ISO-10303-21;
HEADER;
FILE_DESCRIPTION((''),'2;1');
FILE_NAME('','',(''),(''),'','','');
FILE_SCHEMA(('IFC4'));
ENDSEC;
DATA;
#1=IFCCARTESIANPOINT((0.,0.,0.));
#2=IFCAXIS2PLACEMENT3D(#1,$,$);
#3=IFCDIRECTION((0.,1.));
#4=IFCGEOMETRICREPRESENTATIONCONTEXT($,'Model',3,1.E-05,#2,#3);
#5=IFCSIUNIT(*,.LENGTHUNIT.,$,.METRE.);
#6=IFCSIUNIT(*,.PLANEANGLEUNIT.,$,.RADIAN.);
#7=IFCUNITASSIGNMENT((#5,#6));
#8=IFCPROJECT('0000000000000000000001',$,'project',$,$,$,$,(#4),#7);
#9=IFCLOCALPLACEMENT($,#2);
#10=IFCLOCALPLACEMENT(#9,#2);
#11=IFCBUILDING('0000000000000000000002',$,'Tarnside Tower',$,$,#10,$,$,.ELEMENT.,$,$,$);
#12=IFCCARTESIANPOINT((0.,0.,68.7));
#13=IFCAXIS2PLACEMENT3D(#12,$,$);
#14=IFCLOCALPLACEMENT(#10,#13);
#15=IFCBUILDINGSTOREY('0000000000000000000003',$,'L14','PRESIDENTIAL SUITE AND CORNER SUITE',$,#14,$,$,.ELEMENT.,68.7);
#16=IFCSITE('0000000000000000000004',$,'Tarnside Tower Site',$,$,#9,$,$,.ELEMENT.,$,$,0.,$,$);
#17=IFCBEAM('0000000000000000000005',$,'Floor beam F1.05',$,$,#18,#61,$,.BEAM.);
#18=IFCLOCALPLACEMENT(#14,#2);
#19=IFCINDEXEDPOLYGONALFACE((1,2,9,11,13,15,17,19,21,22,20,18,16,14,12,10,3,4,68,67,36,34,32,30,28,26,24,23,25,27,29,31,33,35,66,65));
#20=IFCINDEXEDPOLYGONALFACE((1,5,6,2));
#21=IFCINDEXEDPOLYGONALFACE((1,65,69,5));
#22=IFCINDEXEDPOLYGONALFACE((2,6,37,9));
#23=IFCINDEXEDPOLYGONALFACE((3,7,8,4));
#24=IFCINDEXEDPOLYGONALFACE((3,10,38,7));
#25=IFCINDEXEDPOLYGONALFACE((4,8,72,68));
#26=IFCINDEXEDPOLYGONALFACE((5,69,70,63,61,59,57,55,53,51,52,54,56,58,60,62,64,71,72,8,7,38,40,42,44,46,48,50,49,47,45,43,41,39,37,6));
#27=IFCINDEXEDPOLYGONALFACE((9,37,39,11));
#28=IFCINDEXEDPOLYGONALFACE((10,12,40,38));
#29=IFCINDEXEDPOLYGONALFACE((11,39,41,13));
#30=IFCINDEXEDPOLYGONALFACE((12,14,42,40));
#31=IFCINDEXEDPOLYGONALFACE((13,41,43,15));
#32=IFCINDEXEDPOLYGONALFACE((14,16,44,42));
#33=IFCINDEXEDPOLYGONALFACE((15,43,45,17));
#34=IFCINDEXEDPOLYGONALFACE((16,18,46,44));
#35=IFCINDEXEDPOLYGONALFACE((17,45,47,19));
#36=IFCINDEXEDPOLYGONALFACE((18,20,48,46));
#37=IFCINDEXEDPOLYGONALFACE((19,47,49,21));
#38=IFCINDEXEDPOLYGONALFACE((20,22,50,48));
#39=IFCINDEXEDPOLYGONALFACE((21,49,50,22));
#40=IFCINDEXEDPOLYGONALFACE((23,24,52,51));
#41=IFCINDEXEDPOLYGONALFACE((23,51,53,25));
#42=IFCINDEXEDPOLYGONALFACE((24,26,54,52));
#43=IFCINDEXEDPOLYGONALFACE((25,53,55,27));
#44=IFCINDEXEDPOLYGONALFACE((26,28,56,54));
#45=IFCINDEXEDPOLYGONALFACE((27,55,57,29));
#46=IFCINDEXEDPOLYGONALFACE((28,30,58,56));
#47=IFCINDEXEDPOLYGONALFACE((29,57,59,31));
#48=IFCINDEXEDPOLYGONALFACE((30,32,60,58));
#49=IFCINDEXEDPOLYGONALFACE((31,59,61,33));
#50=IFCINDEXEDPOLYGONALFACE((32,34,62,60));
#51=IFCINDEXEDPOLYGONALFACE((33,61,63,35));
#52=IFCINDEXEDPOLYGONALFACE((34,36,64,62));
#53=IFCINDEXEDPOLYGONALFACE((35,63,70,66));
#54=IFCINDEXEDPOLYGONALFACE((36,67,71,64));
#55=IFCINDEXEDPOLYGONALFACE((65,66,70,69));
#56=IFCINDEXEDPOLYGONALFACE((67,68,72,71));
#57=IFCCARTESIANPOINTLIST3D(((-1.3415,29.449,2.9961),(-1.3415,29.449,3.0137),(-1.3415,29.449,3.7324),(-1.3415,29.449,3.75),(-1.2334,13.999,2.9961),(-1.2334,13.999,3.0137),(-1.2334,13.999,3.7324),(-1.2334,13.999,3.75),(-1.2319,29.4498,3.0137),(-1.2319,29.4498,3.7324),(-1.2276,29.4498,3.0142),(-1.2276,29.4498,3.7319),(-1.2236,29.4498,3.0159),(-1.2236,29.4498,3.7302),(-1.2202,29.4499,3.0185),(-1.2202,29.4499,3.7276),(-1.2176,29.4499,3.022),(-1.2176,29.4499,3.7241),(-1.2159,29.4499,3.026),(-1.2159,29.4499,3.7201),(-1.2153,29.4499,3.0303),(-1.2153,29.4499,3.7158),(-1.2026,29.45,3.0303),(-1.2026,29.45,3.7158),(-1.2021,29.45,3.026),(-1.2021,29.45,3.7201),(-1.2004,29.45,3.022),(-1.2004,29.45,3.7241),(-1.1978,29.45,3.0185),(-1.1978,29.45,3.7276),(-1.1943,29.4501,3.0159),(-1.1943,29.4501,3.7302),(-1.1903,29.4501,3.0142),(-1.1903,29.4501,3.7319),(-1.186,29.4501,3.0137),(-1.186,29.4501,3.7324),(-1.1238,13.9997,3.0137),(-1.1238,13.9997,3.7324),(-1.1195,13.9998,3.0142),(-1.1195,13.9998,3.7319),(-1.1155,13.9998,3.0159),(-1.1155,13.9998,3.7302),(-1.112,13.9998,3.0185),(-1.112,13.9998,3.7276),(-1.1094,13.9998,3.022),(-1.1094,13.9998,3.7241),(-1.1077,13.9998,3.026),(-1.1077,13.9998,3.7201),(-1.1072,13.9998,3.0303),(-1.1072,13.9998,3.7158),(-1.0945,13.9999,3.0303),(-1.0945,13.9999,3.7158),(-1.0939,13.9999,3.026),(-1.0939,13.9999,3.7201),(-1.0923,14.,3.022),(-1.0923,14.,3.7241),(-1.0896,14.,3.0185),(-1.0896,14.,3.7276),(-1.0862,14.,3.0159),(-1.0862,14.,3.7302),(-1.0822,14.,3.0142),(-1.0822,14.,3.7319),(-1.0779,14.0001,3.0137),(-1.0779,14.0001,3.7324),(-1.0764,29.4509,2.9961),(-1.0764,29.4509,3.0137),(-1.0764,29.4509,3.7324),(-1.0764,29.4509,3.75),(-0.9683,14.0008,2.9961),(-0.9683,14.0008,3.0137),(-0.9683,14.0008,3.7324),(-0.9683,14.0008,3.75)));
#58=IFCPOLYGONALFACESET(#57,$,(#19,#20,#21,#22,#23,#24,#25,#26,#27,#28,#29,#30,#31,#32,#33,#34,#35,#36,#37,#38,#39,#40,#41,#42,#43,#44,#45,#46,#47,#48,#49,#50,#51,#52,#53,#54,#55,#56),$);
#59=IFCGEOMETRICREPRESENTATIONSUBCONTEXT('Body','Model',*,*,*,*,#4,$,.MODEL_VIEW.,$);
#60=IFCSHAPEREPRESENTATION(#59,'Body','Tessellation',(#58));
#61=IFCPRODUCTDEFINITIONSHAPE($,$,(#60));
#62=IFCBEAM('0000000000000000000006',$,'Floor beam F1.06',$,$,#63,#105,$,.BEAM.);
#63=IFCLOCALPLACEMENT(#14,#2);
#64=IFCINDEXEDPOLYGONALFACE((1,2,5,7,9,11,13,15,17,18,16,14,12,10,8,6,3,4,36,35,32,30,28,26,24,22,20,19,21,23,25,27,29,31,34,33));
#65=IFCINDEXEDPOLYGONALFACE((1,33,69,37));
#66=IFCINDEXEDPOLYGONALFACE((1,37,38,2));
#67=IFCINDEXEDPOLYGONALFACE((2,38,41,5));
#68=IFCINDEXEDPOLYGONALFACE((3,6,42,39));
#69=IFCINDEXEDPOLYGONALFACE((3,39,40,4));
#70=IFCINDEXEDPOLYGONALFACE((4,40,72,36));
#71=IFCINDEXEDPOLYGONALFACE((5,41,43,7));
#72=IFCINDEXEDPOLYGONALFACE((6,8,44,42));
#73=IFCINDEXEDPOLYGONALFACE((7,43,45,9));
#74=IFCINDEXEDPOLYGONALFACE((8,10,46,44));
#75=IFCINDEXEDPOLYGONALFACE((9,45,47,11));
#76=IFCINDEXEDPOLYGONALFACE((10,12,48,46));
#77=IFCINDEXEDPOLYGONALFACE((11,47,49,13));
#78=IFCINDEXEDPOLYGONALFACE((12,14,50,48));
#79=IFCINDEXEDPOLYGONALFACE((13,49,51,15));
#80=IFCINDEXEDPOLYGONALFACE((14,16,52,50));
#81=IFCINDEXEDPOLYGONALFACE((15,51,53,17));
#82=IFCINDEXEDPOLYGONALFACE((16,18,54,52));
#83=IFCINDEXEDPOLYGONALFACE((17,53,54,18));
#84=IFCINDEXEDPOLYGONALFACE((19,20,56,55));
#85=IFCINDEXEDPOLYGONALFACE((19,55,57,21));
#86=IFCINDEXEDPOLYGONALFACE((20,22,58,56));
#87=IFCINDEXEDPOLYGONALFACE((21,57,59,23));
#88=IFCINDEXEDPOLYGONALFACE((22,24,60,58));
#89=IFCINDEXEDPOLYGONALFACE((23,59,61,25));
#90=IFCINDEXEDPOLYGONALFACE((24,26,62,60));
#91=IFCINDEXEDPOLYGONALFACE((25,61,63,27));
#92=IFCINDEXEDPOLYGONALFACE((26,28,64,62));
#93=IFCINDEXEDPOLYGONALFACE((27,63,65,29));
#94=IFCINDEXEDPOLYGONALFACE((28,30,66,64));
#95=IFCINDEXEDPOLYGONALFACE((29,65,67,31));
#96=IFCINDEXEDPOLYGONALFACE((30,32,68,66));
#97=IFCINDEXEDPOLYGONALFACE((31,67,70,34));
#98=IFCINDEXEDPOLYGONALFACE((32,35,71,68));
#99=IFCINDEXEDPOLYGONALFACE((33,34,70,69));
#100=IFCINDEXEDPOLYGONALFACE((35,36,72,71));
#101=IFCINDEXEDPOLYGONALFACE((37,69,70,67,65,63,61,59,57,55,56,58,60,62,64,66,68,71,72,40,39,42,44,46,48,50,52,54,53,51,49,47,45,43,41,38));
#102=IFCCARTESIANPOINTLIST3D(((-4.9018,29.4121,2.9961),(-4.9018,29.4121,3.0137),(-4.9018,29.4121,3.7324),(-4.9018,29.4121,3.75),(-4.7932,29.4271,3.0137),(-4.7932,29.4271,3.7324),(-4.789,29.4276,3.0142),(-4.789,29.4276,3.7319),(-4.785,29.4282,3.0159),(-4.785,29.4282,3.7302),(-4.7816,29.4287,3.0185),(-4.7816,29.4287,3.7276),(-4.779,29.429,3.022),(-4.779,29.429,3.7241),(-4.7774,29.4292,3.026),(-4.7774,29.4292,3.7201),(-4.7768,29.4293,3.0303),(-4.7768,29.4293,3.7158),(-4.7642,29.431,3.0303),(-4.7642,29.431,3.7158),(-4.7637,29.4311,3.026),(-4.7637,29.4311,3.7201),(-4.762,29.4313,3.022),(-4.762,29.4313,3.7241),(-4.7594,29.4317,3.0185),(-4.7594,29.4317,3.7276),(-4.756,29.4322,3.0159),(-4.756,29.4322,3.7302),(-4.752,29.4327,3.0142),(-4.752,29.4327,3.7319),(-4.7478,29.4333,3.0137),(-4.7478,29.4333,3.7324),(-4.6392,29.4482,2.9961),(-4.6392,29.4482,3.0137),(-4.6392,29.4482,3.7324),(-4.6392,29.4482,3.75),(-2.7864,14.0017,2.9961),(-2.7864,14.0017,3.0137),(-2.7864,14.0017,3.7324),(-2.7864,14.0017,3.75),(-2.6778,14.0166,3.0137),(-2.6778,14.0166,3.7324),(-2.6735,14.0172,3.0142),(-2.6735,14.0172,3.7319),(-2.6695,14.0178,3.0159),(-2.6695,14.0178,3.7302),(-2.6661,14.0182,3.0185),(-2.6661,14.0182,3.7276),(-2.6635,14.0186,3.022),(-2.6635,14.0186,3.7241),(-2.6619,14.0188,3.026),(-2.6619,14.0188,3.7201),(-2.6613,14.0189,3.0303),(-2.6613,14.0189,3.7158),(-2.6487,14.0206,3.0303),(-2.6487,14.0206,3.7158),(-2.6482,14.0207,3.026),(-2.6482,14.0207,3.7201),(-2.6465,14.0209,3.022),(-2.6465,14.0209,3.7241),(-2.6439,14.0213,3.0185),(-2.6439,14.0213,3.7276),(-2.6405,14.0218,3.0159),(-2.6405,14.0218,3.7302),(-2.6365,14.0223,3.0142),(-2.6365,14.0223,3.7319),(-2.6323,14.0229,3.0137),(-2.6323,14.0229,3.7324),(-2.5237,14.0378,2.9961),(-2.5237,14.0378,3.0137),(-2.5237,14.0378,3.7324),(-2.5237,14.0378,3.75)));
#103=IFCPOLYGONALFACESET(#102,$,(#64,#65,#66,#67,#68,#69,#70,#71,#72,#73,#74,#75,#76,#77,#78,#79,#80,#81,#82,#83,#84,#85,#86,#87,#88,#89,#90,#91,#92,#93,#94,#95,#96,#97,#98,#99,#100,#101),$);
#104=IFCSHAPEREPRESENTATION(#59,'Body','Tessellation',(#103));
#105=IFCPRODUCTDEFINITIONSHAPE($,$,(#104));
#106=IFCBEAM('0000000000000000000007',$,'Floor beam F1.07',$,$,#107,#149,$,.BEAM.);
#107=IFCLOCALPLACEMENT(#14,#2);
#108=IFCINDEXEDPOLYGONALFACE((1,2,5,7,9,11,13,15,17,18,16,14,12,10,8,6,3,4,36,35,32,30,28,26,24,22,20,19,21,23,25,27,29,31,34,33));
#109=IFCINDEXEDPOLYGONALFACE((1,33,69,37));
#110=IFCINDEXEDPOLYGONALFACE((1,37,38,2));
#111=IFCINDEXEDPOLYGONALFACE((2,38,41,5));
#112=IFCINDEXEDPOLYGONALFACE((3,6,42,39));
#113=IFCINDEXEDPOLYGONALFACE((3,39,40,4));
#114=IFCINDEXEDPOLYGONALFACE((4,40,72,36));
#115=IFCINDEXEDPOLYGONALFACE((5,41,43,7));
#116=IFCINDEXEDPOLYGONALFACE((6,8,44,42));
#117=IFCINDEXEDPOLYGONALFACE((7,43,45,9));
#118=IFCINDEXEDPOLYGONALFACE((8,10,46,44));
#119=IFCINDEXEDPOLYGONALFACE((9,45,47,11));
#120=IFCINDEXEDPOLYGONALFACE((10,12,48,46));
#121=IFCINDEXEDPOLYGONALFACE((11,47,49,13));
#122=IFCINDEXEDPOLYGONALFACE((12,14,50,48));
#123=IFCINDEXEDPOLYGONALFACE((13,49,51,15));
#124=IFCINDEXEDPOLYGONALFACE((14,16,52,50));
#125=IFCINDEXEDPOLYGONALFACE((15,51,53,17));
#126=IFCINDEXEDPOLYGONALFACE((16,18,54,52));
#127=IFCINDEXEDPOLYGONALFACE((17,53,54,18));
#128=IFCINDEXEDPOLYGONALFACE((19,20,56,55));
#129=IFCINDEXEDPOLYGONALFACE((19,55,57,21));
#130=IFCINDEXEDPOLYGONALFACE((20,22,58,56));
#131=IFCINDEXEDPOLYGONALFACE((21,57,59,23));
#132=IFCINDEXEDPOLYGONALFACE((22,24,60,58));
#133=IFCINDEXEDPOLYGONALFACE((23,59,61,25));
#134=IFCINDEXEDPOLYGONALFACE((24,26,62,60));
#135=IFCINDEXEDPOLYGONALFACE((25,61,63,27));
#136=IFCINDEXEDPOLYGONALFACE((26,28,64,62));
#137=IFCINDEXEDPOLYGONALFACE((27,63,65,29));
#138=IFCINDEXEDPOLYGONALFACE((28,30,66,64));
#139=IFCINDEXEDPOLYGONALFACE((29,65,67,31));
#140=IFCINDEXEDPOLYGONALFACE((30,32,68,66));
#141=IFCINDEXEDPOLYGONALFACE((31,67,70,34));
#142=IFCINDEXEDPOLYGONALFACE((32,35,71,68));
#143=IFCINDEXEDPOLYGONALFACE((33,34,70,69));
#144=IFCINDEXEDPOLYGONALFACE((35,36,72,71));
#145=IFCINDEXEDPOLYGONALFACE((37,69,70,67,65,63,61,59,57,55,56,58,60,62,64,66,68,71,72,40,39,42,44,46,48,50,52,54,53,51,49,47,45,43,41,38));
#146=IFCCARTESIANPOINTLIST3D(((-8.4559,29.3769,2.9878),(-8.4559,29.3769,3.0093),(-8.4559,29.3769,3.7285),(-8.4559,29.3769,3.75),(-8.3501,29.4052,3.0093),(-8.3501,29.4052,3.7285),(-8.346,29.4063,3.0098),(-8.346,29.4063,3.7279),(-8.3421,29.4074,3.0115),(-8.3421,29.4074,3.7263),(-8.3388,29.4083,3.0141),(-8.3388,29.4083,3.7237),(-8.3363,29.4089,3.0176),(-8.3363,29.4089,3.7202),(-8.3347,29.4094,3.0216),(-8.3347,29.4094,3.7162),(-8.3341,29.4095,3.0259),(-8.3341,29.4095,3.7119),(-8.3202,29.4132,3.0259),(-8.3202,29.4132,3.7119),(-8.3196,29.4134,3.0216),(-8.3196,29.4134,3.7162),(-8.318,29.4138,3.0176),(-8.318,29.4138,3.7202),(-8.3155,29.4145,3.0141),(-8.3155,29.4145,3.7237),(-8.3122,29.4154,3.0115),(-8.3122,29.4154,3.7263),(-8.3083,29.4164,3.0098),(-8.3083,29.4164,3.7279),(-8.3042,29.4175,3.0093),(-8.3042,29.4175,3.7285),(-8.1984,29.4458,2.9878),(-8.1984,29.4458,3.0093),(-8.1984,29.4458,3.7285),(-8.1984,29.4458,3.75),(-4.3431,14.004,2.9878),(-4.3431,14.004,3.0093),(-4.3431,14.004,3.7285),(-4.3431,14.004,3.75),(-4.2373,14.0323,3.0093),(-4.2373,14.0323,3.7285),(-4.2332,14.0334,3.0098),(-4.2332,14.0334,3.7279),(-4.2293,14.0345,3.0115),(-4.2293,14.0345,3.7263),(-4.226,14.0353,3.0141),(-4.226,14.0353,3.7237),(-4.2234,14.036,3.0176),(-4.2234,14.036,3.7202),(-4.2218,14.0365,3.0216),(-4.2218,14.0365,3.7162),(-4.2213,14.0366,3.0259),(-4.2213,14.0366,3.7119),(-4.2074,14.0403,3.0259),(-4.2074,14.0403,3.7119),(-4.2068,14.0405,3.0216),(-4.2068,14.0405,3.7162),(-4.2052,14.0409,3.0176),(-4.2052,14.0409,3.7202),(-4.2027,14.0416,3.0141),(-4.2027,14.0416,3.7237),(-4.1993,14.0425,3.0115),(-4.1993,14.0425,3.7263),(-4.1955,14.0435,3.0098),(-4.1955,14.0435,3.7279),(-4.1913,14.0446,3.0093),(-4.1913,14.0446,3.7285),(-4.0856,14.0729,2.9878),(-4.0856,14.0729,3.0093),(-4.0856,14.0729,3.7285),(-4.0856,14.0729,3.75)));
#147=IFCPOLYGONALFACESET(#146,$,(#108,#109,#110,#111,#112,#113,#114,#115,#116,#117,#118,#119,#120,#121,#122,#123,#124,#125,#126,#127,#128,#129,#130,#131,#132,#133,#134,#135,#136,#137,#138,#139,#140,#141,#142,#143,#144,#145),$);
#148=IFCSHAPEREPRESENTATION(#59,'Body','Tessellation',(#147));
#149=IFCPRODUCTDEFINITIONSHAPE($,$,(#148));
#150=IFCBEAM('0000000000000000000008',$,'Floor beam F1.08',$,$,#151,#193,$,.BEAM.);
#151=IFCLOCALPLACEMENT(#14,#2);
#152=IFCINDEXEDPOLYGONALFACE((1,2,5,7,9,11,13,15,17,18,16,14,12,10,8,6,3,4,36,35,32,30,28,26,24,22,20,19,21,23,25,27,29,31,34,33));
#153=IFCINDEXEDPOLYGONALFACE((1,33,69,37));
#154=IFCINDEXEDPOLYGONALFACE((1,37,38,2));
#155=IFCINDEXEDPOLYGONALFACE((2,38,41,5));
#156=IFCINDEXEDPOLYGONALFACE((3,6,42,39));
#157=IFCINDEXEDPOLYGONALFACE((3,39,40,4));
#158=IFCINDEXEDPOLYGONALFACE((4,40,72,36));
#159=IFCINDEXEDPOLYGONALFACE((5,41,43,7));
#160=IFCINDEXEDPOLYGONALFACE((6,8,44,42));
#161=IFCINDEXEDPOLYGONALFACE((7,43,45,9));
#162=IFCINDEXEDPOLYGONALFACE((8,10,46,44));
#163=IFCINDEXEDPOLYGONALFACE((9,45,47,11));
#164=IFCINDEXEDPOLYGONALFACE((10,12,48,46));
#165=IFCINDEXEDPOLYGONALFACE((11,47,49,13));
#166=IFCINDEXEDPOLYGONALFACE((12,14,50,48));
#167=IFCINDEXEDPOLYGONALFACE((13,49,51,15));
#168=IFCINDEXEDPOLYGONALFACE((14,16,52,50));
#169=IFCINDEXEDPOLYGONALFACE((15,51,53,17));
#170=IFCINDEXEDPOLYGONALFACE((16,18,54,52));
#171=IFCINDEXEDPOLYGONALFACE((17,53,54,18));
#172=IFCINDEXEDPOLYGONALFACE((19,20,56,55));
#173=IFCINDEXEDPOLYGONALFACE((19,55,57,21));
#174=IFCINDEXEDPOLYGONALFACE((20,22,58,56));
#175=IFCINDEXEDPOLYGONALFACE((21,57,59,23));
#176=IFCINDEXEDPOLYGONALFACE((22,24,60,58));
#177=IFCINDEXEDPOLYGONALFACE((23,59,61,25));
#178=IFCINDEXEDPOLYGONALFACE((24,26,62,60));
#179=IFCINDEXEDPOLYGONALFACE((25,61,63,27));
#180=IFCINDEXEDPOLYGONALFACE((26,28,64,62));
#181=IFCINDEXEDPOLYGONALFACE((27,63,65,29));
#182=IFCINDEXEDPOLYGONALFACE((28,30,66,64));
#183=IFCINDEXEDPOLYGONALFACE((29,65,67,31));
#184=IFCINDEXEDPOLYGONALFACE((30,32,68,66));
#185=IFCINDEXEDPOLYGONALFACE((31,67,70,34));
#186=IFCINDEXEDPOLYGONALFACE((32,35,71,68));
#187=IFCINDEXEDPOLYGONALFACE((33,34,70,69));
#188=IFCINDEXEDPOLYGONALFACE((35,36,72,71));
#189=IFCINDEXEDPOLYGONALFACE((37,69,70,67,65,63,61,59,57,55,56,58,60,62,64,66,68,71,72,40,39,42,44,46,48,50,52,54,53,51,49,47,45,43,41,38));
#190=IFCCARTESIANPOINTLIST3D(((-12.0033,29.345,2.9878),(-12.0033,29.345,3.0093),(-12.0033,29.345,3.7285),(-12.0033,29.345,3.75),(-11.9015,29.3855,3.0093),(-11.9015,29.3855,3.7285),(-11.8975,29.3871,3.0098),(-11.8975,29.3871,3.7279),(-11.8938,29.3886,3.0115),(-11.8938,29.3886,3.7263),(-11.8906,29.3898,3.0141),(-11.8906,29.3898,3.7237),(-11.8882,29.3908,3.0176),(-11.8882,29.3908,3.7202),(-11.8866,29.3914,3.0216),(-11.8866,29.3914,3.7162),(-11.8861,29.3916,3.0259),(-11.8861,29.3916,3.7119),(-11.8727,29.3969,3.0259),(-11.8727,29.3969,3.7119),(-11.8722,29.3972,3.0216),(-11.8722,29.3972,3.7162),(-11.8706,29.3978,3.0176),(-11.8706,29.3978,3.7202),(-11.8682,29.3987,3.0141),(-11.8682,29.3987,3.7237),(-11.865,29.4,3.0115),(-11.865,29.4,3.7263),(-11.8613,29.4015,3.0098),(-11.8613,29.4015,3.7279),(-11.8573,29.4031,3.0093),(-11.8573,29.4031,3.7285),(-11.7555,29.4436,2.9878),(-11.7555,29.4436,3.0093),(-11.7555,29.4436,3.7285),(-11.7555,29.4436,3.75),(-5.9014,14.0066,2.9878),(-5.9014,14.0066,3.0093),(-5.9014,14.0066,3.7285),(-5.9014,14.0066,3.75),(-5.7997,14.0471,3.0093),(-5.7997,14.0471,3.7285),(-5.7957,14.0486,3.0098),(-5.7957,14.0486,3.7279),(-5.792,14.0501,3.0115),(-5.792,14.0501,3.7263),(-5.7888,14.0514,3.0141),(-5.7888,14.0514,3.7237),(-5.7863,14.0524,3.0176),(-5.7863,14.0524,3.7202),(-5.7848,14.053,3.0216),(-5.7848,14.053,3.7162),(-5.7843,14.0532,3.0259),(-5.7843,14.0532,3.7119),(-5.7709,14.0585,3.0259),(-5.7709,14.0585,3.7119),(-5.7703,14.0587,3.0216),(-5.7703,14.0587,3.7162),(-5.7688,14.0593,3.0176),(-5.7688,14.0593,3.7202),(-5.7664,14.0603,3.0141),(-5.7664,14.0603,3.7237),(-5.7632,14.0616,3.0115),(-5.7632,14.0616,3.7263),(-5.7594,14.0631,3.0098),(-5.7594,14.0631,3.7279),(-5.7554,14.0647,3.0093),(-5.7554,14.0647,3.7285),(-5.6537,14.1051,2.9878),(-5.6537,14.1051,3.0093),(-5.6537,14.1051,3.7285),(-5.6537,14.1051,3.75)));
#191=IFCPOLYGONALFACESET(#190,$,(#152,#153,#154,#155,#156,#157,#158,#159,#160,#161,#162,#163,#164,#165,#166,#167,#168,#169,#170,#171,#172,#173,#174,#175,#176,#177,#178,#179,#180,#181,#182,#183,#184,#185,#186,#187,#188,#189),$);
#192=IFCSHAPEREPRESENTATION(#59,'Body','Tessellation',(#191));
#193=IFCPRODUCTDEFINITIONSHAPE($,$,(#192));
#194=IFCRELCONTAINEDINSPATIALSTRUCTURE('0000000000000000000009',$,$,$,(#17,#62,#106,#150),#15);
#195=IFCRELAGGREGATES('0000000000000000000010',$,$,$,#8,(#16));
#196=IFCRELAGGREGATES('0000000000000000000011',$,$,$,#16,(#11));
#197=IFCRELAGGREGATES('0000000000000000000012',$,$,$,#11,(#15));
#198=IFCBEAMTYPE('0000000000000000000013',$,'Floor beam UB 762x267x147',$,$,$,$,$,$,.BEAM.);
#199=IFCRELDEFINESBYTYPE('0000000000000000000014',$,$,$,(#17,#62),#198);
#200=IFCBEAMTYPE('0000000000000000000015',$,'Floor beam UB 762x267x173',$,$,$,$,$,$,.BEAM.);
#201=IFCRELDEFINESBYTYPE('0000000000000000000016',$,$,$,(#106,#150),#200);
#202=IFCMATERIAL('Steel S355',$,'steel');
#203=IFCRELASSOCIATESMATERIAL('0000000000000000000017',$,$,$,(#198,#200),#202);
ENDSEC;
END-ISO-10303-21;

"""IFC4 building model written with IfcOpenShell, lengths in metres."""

from ifc_helpers import new_model, si_unit, direction, frame, origin, origin_2d, place, context, subcontext, project, spatial, i_section, extrude, material, material_profile, profile_set, type_object, element, save


model = new_model("IFC4")

# Units and contexts
model_context = context("Model", 3, precision=1e-05, world=origin(), true_north=direction((0.0, 1.0)))
body_context = subcontext(model_context, "Body", "Model", "MODEL_VIEW")
ifc_project = project(units=[si_unit("LENGTHUNIT", "METRE"), si_unit("PLANEANGLEUNIT", "RADIAN")], contexts=[model_context])

# Site, building, storey
site_placement = place(None, origin())
site = spatial("IfcSite", under=ifc_project, at=site_placement, Name="Tarnside Tower Site", CompositionType="ELEMENT", RefElevation=0.0)
building_placement = place(site_placement, origin())
building = spatial("IfcBuilding", under=site, at=building_placement, Name="Tarnside Tower", CompositionType="ELEMENT")
storey_placement = place(building_placement, frame((0.0, 0.0, 68.7)))
storey = spatial("IfcBuildingStorey", under=building, at=storey_placement, Name="L14", Description="PRESIDENTIAL SUITE AND CORNER SUITE", CompositionType="ELEMENT", Elevation=68.7)

# Beams
ifc_material_1 = material(Name="Steel S355", Category="steel")
ifc_material_profile_1 = material_profile(ifc_material_1, i_section(OverallWidth=0.2651, OverallDepth=0.7539, WebThickness=0.0127, FlangeThickness=0.0176, FilletRadius=0.0166, at=origin_2d()), Name="UB 762x267x147")
ifc_profile_set_1 = profile_set([ifc_material_profile_1], Name="Steel S355")
beam_type_1 = type_object("IfcBeamType", Name="Floor beam UB 762x267x147", PredefinedType="BEAM", material=ifc_profile_set_1)
beam_1_placement = place(storey_placement, frame((-1.209, 29.45, 3.373), z_axis=(0.007, -0.999975, 0.0), x_axis=(0.999975, 0.007, 0.0)))
element("IfcBeam", 1, at=beam_1_placement, inside=storey, type_object=beam_type_1, Name="Floor beam F1.05", PredefinedType="BEAM", context=body_context, shape_type="SweptSolid", body=[
    extrude(i_section(OverallWidth=0.2651, OverallDepth=0.7539, WebThickness=0.0127, FlangeThickness=0.0176, FilletRadius=0.0166, at=origin_2d()), origin(), (0.0, 0.0, 1.0), 15.4504),
])
beam_2_placement = place(storey_placement, frame((-4.7705, 29.4302, 3.373), z_axis=(0.136001, -0.990709, 0.0), x_axis=(0.990709, 0.136001, 0.0)))
element("IfcBeam", 2, at=beam_2_placement, inside=storey, type_object=beam_type_1, Name="Floor beam F1.06", PredefinedType="BEAM", context=body_context, shape_type="SweptSolid", body=[
    extrude(i_section(OverallWidth=0.2651, OverallDepth=0.7539, WebThickness=0.0127, FlangeThickness=0.0176, FilletRadius=0.0166, at=origin_2d()), origin(), (0.0, 0.0, 1.0), 15.5549),
])
ifc_material_profile_2 = material_profile(ifc_material_1, i_section(OverallWidth=0.2666, OverallDepth=0.7622, WebThickness=0.0144, FlangeThickness=0.0215, FilletRadius=0.0166, at=origin_2d()), Name="UB 762x267x173")
ifc_profile_set_2 = profile_set([ifc_material_profile_2], Name="Steel S355")
beam_type_2 = type_object("IfcBeamType", Name="Floor beam UB 762x267x173", PredefinedType="BEAM", material=ifc_profile_set_2)
beam_3_placement = place(storey_placement, frame((-8.3271, 29.4114, 3.3689), z_axis=(0.258447, -0.966025, 0.0), x_axis=(0.966025, 0.258447, 0.0)))
element("IfcBeam", 3, at=beam_3_placement, inside=storey, type_object=beam_type_2, Name="Floor beam F1.07", PredefinedType="BEAM", context=body_context, shape_type="SweptSolid", body=[
    extrude(i_section(OverallWidth=0.2666, OverallDepth=0.7622, WebThickness=0.0144, FlangeThickness=0.0215, FilletRadius=0.0166, at=origin_2d()), origin(), (0.0, 0.0, 1.0), 15.9136),
])
beam_4_placement = place(storey_placement, frame((-11.8794, 29.3943, 3.3689), z_axis=(0.369638, -0.929176, 0.0), x_axis=(0.929176, 0.369638, 0.0)))
element("IfcBeam", 4, at=beam_4_placement, inside=storey, type_object=beam_type_2, Name="Floor beam F1.08", PredefinedType="BEAM", context=body_context, shape_type="SweptSolid", body=[
    extrude(i_section(OverallWidth=0.2666, OverallDepth=0.7622, WebThickness=0.0144, FlangeThickness=0.0215, FilletRadius=0.0166, at=origin_2d()), origin(), (0.0, 0.0, 1.0), 16.5076),
])

save(model, "model.ifc")
